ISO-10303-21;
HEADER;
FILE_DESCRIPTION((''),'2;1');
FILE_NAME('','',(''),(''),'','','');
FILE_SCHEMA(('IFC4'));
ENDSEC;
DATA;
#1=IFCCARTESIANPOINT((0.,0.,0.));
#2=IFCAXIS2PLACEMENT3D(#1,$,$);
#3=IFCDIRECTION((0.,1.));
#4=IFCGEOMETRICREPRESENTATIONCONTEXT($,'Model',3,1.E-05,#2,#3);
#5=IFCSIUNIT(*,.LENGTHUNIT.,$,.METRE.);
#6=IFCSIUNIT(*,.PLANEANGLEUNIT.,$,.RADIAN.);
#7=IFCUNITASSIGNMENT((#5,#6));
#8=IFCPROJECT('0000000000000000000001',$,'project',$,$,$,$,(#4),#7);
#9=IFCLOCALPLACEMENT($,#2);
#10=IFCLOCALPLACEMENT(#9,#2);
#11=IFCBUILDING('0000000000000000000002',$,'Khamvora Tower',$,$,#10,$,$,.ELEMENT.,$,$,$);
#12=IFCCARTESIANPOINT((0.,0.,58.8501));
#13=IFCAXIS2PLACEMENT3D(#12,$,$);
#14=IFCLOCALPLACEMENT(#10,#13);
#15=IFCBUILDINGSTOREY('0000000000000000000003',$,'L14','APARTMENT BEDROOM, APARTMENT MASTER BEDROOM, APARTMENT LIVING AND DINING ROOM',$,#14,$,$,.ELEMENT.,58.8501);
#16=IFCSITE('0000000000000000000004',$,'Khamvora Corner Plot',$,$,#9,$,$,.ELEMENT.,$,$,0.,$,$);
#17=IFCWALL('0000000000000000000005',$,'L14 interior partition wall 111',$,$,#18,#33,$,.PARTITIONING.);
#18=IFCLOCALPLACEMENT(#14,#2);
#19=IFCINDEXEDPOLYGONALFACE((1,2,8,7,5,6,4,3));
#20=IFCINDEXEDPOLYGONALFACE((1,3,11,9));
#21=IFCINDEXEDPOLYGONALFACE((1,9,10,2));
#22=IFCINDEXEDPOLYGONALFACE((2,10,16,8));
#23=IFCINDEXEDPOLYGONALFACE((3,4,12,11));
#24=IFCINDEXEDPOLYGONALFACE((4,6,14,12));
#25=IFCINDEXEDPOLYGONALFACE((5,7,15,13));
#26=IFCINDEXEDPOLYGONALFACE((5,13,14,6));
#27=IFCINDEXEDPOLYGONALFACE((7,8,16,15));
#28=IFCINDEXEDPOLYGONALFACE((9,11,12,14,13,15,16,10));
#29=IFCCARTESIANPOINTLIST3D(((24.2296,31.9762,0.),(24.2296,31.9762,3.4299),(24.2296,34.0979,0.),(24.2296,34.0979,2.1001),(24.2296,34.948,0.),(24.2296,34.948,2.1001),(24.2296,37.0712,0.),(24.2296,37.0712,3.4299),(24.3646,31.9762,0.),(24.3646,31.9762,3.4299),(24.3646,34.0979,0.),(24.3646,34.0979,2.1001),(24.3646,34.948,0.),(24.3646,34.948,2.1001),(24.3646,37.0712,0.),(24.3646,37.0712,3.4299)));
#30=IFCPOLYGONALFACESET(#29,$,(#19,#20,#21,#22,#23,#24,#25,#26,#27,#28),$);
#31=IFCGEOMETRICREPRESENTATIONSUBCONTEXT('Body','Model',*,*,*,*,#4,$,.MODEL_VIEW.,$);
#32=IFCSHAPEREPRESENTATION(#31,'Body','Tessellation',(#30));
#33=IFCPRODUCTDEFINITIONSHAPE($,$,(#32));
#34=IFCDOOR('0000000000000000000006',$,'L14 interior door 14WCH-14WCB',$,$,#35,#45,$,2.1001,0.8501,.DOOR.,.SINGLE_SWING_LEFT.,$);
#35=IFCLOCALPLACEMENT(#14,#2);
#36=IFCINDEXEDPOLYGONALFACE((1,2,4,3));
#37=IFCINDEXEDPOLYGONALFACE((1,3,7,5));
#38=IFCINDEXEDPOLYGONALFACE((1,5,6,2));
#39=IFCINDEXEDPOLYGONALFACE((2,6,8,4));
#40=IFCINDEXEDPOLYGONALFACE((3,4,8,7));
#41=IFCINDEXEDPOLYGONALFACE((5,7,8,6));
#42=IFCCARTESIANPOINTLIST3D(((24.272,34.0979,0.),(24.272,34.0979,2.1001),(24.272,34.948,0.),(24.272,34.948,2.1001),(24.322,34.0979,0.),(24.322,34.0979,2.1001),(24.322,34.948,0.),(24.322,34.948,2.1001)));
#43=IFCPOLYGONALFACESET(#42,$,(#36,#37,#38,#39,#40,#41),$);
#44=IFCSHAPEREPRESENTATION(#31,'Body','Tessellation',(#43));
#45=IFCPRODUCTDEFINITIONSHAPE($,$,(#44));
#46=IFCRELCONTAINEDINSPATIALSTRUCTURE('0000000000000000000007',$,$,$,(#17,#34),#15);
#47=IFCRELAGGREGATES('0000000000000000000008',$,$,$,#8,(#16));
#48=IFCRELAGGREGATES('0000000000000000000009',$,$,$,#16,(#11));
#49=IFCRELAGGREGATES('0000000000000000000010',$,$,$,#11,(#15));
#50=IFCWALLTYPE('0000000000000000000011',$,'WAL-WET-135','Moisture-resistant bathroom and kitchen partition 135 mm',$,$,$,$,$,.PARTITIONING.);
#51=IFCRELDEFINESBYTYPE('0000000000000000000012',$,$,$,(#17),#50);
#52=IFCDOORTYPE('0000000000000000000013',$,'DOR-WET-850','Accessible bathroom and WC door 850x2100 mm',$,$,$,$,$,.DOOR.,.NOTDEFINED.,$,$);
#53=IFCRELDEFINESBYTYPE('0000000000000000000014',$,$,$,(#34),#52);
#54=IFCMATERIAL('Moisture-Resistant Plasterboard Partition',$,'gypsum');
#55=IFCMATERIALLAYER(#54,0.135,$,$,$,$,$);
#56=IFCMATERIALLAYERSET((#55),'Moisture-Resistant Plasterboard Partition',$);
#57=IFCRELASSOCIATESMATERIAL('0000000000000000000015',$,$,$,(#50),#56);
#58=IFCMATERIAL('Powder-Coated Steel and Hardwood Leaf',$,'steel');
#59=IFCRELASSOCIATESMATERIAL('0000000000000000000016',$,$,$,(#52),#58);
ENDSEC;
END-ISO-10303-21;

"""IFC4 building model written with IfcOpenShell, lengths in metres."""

from ifc_helpers import new_model, si_unit, direction, frame, frame_2d, origin, place, context, subcontext, project, spatial, rectangle, extrude, material, layer, layer_set, type_object, element, fill, save


model = new_model("IFC4")

# Units and contexts
model_context = context("Model", 3, precision=1e-05, world=origin(), true_north=direction((0.0, 1.0)))
body_context = subcontext(model_context, "Body", "Model", "MODEL_VIEW")
ifc_project = project(units=[si_unit("LENGTHUNIT", "METRE"), si_unit("PLANEANGLEUNIT", "RADIAN")], contexts=[model_context])

# Site, building, storey
site_placement = place(None, origin())
site = spatial("IfcSite", under=ifc_project, at=site_placement, Name="Khamvora Corner Plot", CompositionType="ELEMENT", RefElevation=0.0)
building_placement = place(site_placement, origin())
building = spatial("IfcBuilding", under=site, at=building_placement, Name="Khamvora Tower", CompositionType="ELEMENT")
storey_placement = place(building_placement, frame((0.0, 0.0, 58.8501)))
storey = spatial("IfcBuildingStorey", under=building, at=storey_placement, Name="L14", Description="APARTMENT BEDROOM, APARTMENT MASTER BEDROOM, APARTMENT LIVING AND DINING ROOM", CompositionType="ELEMENT", Elevation=58.8501)

# Shared definitions
ifc_material_1 = material(Name="Powder-Coated Steel and Hardwood Leaf", Category="steel")

# Shared definitions
ifc_material_2 = material(Name="Moisture-Resistant Plasterboard Partition", Category="gypsum")
ifc_layer_1 = layer(ifc_material_2, 0.135)
ifc_layer_set_1 = layer_set([ifc_layer_1], Name="Moisture-Resistant Plasterboard Partition")
wall_type_1 = type_object("IfcWallType", Name="WAL-WET-135", Description="Moisture-resistant bathroom and kitchen partition 135 mm", PredefinedType="PARTITIONING", material=ifc_layer_set_1)

# Wall, opening, door
wall_1_placement = place(storey_placement, frame((24.2971, 37.071, 0.0), z_axis=(0.0, 0.0, 1.0), x_axis=(0.0, -1.0, 0.0)))
wall_1 = element("IfcWall", 1, at=wall_1_placement, inside=storey, type_object=wall_type_1, Name="L14 interior partition wall 111", PredefinedType="PARTITIONING", context=body_context, shape_type="SweptSolid", body=[
    extrude(rectangle(XDim=5.095, YDim=0.135, at=frame_2d((2.5474, 0.0))), origin(), (0.0, 0.0, 1.0), 3.4299),
])
opening_1_placement = place(wall_1_placement, frame((2.123, 0.0, 0.0)))
opening_1 = element("IfcOpeningElement", 2, at=opening_1_placement, cuts=wall_1, PredefinedType="OPENING", context=body_context, shape_type="SweptSolid", body=[
    extrude(rectangle(XDim=0.8501, YDim=2.1001, at=frame_2d((0.425, 1.05))), frame((0.0, 0.0774, 0.0), z_axis=(0.0, -1.0, 0.0), x_axis=(1.0, 0.0, 0.0)), (0.0, 0.0, 1.0), 0.155),
])
door_type_1 = type_object("IfcDoorType", Name="DOR-WET-850", Description="Accessible bathroom and WC door 850x2100 mm", OperationType="NOTDEFINED", PredefinedType="DOOR", material=ifc_material_1)
door_1_placement = place(opening_1_placement, origin())
door_1 = element("IfcDoor", 3, at=door_1_placement, inside=storey, type_object=door_type_1, Name="L14 interior door 14WCH-14WCB", OperationType="SINGLE_SWING_LEFT", OverallHeight=2.1001, OverallWidth=0.8501, PredefinedType="DOOR", context=body_context, shape_type="SweptSolid", body=[
    extrude(rectangle(XDim=0.8501, YDim=2.1001, at=frame_2d((0.425, 1.05))), frame((0.0, 0.0249, 0.0), z_axis=(0.0, -1.0, 0.0), x_axis=(1.0, 0.0, 0.0)), (0.0, 0.0, 1.0), 0.05),
])
fill(opening_1, door_1)

save(model, "model.ifc")
